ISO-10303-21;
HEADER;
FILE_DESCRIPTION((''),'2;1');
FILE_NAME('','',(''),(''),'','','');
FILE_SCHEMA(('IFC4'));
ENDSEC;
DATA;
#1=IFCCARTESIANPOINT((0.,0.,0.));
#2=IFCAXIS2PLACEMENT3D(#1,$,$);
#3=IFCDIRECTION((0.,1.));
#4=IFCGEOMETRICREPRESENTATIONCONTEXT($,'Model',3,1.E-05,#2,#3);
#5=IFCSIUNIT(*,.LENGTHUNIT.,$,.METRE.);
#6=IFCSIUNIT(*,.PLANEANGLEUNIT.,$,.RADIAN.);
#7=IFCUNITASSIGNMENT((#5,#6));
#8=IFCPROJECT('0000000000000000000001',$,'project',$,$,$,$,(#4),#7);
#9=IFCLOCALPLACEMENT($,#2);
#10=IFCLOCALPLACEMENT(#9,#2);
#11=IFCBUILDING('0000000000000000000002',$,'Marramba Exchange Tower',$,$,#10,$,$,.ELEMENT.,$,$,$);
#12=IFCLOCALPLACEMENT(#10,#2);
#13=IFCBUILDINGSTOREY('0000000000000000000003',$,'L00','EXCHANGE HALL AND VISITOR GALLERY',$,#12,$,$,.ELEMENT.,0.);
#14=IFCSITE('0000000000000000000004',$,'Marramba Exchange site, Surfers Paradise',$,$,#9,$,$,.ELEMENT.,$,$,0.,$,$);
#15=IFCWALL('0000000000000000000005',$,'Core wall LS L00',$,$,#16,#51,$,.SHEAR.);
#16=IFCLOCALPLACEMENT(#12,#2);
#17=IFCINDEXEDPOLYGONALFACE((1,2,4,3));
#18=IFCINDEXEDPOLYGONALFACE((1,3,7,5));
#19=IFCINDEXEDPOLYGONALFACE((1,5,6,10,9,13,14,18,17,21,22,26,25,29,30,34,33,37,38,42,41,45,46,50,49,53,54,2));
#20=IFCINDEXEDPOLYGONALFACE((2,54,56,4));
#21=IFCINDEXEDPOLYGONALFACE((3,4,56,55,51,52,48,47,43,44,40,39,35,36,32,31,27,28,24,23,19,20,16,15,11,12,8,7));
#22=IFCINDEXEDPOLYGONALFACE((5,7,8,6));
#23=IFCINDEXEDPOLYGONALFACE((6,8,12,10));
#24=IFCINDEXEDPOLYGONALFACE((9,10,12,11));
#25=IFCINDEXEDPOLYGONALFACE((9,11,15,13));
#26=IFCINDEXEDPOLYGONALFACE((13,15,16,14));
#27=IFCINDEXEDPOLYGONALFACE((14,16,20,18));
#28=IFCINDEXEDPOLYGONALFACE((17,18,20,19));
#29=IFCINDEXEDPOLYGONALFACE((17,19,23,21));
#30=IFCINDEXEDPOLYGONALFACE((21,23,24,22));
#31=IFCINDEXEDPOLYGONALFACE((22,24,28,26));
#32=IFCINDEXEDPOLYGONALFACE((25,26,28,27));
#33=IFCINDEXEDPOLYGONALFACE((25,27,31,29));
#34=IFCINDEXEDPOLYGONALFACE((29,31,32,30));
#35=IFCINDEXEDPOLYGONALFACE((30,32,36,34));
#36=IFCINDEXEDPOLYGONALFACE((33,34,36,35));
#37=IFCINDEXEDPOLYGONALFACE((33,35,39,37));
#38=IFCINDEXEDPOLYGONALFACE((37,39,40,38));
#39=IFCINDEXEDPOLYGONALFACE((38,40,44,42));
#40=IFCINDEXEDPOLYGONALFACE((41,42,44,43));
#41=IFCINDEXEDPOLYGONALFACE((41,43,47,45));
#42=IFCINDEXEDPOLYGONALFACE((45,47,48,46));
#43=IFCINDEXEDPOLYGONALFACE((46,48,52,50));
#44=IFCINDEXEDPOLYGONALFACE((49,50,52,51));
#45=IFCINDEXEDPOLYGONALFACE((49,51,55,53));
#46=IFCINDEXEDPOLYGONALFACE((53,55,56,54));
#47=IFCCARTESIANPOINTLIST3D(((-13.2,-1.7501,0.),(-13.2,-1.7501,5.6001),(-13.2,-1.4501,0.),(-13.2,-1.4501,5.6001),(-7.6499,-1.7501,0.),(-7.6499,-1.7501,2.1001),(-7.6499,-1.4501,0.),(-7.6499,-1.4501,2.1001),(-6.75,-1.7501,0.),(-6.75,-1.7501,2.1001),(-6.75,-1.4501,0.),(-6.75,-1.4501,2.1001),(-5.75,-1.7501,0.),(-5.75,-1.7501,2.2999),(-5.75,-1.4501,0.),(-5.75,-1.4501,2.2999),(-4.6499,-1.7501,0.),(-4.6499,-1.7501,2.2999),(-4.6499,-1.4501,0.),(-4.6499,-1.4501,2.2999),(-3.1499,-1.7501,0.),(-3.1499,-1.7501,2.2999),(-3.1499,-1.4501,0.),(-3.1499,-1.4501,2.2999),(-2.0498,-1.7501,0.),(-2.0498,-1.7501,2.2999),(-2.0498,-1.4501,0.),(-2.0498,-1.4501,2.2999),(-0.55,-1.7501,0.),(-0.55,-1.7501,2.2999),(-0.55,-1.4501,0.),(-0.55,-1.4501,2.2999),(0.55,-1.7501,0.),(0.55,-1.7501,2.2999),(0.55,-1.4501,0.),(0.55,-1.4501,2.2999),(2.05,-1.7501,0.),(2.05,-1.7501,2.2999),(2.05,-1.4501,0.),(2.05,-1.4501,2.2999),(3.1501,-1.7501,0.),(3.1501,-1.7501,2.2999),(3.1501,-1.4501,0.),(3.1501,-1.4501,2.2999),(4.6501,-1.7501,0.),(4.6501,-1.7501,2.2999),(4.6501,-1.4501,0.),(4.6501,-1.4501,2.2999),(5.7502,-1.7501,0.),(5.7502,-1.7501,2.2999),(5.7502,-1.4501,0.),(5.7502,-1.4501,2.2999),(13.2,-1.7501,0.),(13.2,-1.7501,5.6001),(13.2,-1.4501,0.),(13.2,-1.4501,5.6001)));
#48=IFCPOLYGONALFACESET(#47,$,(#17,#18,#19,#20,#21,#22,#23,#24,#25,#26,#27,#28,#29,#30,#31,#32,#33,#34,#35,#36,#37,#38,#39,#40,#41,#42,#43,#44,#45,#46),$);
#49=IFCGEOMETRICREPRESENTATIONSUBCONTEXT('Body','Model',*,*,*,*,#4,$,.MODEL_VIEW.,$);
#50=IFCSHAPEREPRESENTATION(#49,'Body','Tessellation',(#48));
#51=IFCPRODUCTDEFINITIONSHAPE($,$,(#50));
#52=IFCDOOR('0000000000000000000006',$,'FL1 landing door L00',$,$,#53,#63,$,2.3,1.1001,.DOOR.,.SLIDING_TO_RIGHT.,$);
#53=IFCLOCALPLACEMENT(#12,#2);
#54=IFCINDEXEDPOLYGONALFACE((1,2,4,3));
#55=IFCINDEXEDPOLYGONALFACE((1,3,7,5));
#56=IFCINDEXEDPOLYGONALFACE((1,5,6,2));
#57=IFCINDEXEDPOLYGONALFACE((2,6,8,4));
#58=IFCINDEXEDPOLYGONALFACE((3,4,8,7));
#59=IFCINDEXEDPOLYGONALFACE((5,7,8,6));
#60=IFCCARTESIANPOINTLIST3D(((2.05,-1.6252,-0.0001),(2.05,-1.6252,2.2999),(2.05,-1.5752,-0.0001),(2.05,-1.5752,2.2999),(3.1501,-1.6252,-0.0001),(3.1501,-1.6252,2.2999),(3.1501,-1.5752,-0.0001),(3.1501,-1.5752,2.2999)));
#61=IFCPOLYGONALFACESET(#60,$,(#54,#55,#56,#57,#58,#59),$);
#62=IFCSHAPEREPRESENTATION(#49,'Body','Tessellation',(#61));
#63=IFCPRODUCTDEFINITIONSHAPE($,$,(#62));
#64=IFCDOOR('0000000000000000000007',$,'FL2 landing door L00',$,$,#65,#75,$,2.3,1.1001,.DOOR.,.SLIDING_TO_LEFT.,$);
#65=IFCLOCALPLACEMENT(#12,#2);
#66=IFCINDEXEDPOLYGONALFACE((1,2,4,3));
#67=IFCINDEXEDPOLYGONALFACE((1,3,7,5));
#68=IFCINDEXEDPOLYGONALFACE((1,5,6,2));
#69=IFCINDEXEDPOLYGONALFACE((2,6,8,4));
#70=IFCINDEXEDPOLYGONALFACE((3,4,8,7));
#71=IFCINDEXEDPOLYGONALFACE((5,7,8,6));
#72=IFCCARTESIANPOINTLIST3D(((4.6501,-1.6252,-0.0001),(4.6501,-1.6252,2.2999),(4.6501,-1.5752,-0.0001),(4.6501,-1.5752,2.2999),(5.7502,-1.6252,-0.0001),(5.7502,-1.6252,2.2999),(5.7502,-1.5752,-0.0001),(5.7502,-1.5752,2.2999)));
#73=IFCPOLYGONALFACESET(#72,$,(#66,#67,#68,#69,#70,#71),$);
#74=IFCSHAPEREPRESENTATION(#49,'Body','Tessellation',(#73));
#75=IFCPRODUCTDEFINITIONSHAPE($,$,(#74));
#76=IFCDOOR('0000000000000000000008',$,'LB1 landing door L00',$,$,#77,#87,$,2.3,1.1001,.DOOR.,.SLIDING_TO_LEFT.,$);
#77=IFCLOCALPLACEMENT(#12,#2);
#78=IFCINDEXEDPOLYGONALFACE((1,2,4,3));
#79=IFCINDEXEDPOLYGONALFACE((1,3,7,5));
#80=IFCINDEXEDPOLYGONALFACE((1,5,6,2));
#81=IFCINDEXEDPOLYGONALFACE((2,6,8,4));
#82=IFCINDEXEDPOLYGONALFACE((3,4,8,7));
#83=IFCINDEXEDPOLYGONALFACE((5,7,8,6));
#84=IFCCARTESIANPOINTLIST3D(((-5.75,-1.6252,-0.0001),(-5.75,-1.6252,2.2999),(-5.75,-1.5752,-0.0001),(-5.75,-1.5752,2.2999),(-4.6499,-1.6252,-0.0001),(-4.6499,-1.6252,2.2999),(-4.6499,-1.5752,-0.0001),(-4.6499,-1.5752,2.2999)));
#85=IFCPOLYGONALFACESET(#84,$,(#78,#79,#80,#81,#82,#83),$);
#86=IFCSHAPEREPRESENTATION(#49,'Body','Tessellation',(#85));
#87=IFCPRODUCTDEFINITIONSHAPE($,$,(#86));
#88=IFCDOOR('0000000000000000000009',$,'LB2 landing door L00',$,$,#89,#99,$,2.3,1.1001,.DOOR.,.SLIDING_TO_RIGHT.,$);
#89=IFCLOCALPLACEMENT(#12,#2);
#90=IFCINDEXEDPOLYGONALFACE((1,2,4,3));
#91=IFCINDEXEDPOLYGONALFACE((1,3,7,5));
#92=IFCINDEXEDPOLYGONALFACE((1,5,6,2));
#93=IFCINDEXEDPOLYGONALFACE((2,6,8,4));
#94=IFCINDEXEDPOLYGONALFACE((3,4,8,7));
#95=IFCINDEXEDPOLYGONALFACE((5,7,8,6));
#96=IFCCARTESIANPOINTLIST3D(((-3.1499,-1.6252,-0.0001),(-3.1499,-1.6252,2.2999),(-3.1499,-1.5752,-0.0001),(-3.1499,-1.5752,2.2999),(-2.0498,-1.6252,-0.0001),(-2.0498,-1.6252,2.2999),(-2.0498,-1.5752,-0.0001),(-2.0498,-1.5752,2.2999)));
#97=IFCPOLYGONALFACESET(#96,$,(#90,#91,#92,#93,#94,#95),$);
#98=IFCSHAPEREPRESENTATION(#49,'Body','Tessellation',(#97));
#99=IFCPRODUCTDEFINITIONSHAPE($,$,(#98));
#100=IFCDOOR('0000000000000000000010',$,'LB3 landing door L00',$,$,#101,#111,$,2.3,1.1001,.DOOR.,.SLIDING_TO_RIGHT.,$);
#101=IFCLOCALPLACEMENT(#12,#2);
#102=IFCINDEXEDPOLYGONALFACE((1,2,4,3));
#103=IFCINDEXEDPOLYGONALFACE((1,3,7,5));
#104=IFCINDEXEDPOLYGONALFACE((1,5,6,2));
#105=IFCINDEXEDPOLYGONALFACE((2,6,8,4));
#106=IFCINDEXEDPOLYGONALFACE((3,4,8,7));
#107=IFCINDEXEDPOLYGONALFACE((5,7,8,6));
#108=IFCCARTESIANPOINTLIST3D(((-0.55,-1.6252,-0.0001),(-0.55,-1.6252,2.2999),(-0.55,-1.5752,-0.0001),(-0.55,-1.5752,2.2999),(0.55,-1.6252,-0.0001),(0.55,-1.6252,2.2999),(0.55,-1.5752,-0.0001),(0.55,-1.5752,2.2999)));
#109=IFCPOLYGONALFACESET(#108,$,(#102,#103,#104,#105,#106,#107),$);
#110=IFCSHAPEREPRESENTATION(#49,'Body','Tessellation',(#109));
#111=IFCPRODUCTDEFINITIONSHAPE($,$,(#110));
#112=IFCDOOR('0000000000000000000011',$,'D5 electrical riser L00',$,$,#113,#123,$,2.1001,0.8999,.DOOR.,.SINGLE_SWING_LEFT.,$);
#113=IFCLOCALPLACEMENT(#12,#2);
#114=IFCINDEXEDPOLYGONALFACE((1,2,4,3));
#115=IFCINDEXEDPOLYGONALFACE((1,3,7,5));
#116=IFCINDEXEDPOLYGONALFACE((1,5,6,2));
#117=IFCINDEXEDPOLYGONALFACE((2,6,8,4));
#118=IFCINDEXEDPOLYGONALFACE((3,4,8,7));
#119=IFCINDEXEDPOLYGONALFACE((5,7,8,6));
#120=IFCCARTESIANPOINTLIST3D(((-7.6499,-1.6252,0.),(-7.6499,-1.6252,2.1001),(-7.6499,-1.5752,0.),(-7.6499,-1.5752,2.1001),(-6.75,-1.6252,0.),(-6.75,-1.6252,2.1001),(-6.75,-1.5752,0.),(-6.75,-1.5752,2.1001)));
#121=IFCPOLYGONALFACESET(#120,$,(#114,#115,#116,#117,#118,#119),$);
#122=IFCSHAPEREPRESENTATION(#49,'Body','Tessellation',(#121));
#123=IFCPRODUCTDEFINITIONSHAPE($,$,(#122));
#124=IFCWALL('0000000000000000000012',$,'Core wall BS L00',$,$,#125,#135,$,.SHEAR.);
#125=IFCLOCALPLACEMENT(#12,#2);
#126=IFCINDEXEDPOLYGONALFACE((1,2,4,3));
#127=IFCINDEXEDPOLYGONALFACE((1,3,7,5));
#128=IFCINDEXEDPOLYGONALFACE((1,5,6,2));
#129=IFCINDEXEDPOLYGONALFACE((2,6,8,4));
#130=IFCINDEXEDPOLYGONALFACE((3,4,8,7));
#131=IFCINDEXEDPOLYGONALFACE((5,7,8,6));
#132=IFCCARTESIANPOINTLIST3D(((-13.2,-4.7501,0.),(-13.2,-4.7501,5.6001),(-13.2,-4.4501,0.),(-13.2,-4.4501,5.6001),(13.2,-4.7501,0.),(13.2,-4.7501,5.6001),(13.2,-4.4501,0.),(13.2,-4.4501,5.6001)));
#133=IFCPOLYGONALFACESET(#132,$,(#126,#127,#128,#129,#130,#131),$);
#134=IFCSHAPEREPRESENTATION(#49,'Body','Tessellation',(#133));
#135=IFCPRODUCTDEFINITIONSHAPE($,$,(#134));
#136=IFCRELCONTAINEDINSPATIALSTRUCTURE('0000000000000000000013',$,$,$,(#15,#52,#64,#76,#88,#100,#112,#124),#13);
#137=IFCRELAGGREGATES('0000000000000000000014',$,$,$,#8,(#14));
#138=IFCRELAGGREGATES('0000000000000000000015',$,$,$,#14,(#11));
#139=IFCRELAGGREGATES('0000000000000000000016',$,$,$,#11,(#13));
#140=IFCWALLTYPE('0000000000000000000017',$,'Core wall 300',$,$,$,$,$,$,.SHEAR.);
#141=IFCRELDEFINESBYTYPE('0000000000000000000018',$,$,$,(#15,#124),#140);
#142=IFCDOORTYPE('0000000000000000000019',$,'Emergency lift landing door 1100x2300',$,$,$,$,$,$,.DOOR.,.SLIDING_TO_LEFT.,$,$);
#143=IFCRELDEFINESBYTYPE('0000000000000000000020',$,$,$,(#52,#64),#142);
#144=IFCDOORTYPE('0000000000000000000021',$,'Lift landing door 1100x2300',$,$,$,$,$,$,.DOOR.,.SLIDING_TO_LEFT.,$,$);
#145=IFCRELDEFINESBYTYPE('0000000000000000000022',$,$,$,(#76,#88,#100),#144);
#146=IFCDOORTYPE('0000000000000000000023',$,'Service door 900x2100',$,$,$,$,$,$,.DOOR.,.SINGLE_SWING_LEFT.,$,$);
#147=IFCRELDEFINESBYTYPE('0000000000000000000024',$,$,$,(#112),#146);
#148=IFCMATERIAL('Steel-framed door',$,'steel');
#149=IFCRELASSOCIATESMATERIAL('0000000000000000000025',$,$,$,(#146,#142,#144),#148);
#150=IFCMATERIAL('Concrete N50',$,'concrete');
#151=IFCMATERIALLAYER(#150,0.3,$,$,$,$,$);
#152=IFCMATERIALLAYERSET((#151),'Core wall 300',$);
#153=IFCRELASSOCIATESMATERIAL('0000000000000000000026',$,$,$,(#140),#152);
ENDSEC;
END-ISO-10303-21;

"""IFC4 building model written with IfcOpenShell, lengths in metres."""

from ifc_helpers import new_model, si_unit, direction, frame, frame_2d, origin, place, context, subcontext, project, spatial, rectangle, extrude, material, layer, layer_set, type_object, element, fill, save


model = new_model("IFC4")

# Units and contexts
model_context = context("Model", 3, precision=1e-05, world=origin(), true_north=direction((0.0, 1.0)))
body_context = subcontext(model_context, "Body", "Model", "MODEL_VIEW")
ifc_project = project(units=[si_unit("LENGTHUNIT", "METRE"), si_unit("PLANEANGLEUNIT", "RADIAN")], contexts=[model_context])

# Site, building, storey
site_placement = place(None, origin())
site = spatial("IfcSite", under=ifc_project, at=site_placement, Name="Marramba Exchange site, Surfers Paradise", CompositionType="ELEMENT", RefElevation=0.0)
building_placement = place(site_placement, origin())
building = spatial("IfcBuilding", under=site, at=building_placement, Name="Marramba Exchange Tower", CompositionType="ELEMENT")
storey_placement = place(building_placement, origin())
storey = spatial("IfcBuildingStorey", under=building, at=storey_placement, Name="L00", Description="EXCHANGE HALL AND VISITOR GALLERY", CompositionType="ELEMENT", Elevation=0.0)

# Wall, openings, doors
ifc_material_1 = material(Name="Concrete N50", Category="concrete")
ifc_material_2 = material(Name="Steel-framed door", Category="steel")
door_type_1 = type_object("IfcDoorType", Name="Service door 900x2100", OperationType="SINGLE_SWING_LEFT", PredefinedType="DOOR", material=ifc_material_2)
ifc_layer_1 = layer(ifc_material_1, 0.3)
ifc_layer_set_1 = layer_set([ifc_layer_1], Name="Core wall 300")
wall_type_1 = type_object("IfcWallType", Name="Core wall 300", PredefinedType="SHEAR", material=ifc_layer_set_1)
wall_1_placement = place(storey_placement, frame((-13.2, -1.6001, 0.0), z_axis=(0.0, 0.0, 1.0), x_axis=(1.0, 0.0, 0.0)))
wall_1 = element("IfcWall", 1, at=wall_1_placement, inside=storey, type_object=wall_type_1, Name="Core wall LS L00", PredefinedType="SHEAR", context=body_context, shape_type="SweptSolid", body=[
    extrude(rectangle(XDim=26.3999, YDim=0.3, at=frame_2d((13.2, 0.0))), origin(), (0.0, 0.0, 1.0), 5.6001),
])
opening_1_placement = place(wall_1_placement, frame((7.45, 0.0, 0.0)))
opening_1 = element("IfcOpeningElement", 2, at=opening_1_placement, cuts=wall_1, PredefinedType="OPENING", context=body_context, shape_type="SweptSolid", body=[
    extrude(rectangle(XDim=1.1001, YDim=2.3, at=frame_2d((0.55, 1.1499))), frame((0.0, 0.1599, 0.0), z_axis=(0.0, -1.0, 0.0), x_axis=(1.0, 0.0, 0.0)), (0.0, 0.0, 1.0), 0.3201),
])
opening_2_placement = place(wall_1_placement, frame((10.05, 0.0, 0.0)))
opening_2 = element("IfcOpeningElement", 3, at=opening_2_placement, cuts=wall_1, PredefinedType="OPENING", context=body_context, shape_type="SweptSolid", body=[
    extrude(rectangle(XDim=1.1001, YDim=2.3, at=frame_2d((0.55, 1.1499))), frame((0.0, 0.1599, 0.0), z_axis=(0.0, -1.0, 0.0), x_axis=(1.0, 0.0, 0.0)), (0.0, 0.0, 1.0), 0.3201),
])
opening_3_placement = place(wall_1_placement, frame((12.6499, 0.0, 0.0)))
opening_3 = element("IfcOpeningElement", 4, at=opening_3_placement, cuts=wall_1, PredefinedType="OPENING", context=body_context, shape_type="SweptSolid", body=[
    extrude(rectangle(XDim=1.1001, YDim=2.3, at=frame_2d((0.55, 1.1499))), frame((0.0, 0.1599, 0.0), z_axis=(0.0, -1.0, 0.0), x_axis=(1.0, 0.0, 0.0)), (0.0, 0.0, 1.0), 0.3201),
])
opening_4_placement = place(wall_1_placement, frame((15.25, 0.0, 0.0)))
opening_4 = element("IfcOpeningElement", 5, at=opening_4_placement, cuts=wall_1, PredefinedType="OPENING", context=body_context, shape_type="SweptSolid", body=[
    extrude(rectangle(XDim=1.1001, YDim=2.3, at=frame_2d((0.55, 1.1499))), frame((0.0, 0.1599, 0.0), z_axis=(0.0, -1.0, 0.0), x_axis=(1.0, 0.0, 0.0)), (0.0, 0.0, 1.0), 0.3201),
])
opening_5_placement = place(wall_1_placement, frame((17.8501, 0.0, 0.0)))
opening_5 = element("IfcOpeningElement", 6, at=opening_5_placement, cuts=wall_1, PredefinedType="OPENING", context=body_context, shape_type="SweptSolid", body=[
    extrude(rectangle(XDim=1.1001, YDim=2.3, at=frame_2d((0.55, 1.1499))), frame((0.0, 0.1599, 0.0), z_axis=(0.0, -1.0, 0.0), x_axis=(1.0, 0.0, 0.0)), (0.0, 0.0, 1.0), 0.3201),
])
opening_6_placement = place(wall_1_placement, frame((5.55, 0.0, 0.0)))
opening_6 = element("IfcOpeningElement", 7, at=opening_6_placement, cuts=wall_1, PredefinedType="OPENING", context=body_context, shape_type="SweptSolid", body=[
    extrude(rectangle(XDim=0.8999, YDim=2.1001, at=frame_2d((0.45, 1.05))), frame((0.0, 0.1599, 0.0), z_axis=(0.0, -1.0, 0.0), x_axis=(1.0, 0.0, 0.0)), (0.0, 0.0, 1.0), 0.3201),
])
door_type_2 = type_object("IfcDoorType", Name="Emergency lift landing door 1100x2300", OperationType="SLIDING_TO_LEFT", PredefinedType="DOOR", material=ifc_material_2)
door_1_placement = place(opening_4_placement, frame((1.1001, 0.0, 0.0), z_axis=(0.0, 0.0, 1.0), x_axis=(-1.0, 0.0, 0.0)))
door_1 = element("IfcDoor", 8, at=door_1_placement, inside=storey, type_object=door_type_2, Name="FL1 landing door L00", OperationType="SLIDING_TO_RIGHT", OverallHeight=2.3, OverallWidth=1.1001, PredefinedType="DOOR", context=body_context, shape_type="SweptSolid", body=[
    extrude(rectangle(XDim=1.1001, YDim=2.3, at=frame_2d((0.55, 1.1499))), frame((0.0, 0.0251, 0.0), z_axis=(0.0, -1.0, 0.0), x_axis=(1.0, 0.0, 0.0)), (0.0, 0.0, 1.0), 0.05),
])
fill(opening_4, door_1)
door_2_placement = place(opening_5_placement, frame((1.1001, 0.0, 0.0), z_axis=(0.0, 0.0, 1.0), x_axis=(-1.0, 0.0, 0.0)))
door_2 = element("IfcDoor", 9, at=door_2_placement, inside=storey, type_object=door_type_2, Name="FL2 landing door L00", OperationType="SLIDING_TO_LEFT", OverallHeight=2.3, OverallWidth=1.1001, PredefinedType="DOOR", context=body_context, shape_type="SweptSolid", body=[
    extrude(rectangle(XDim=1.1001, YDim=2.3, at=frame_2d((0.55, 1.1499))), frame((0.0, 0.0251, 0.0), z_axis=(0.0, -1.0, 0.0), x_axis=(1.0, 0.0, 0.0)), (0.0, 0.0, 1.0), 0.05),
])
fill(opening_5, door_2)
door_type_3 = type_object("IfcDoorType", Name="Lift landing door 1100x2300", OperationType="SLIDING_TO_LEFT", PredefinedType="DOOR", material=ifc_material_2)
door_3_placement = place(opening_1_placement, frame((1.1001, 0.0, 0.0), z_axis=(0.0, 0.0, 1.0), x_axis=(-1.0, 0.0, 0.0)))
door_3 = element("IfcDoor", 10, at=door_3_placement, inside=storey, type_object=door_type_3, Name="LB1 landing door L00", OperationType="SLIDING_TO_LEFT", OverallHeight=2.3, OverallWidth=1.1001, PredefinedType="DOOR", context=body_context, shape_type="SweptSolid", body=[
    extrude(rectangle(XDim=1.1001, YDim=2.3, at=frame_2d((0.55, 1.1499))), frame((0.0, 0.0251, 0.0), z_axis=(0.0, -1.0, 0.0), x_axis=(1.0, 0.0, 0.0)), (0.0, 0.0, 1.0), 0.05),
])
fill(opening_1, door_3)
door_4_placement = place(opening_2_placement, frame((1.1001, 0.0, 0.0), z_axis=(0.0, 0.0, 1.0), x_axis=(-1.0, 0.0, 0.0)))
door_4 = element("IfcDoor", 11, at=door_4_placement, inside=storey, type_object=door_type_3, Name="LB2 landing door L00", OperationType="SLIDING_TO_RIGHT", OverallHeight=2.3, OverallWidth=1.1001, PredefinedType="DOOR", context=body_context, shape_type="SweptSolid", body=[
    extrude(rectangle(XDim=1.1001, YDim=2.3, at=frame_2d((0.55, 1.1499))), frame((0.0, 0.0251, 0.0), z_axis=(0.0, -1.0, 0.0), x_axis=(1.0, 0.0, 0.0)), (0.0, 0.0, 1.0), 0.05),
])
fill(opening_2, door_4)
door_5_placement = place(opening_3_placement, frame((1.1001, 0.0, 0.0), z_axis=(0.0, 0.0, 1.0), x_axis=(-1.0, 0.0, 0.0)))
door_5 = element("IfcDoor", 12, at=door_5_placement, inside=storey, type_object=door_type_3, Name="LB3 landing door L00", OperationType="SLIDING_TO_RIGHT", OverallHeight=2.3, OverallWidth=1.1001, PredefinedType="DOOR", context=body_context, shape_type="SweptSolid", body=[
    extrude(rectangle(XDim=1.1001, YDim=2.3, at=frame_2d((0.55, 1.1499))), frame((0.0, 0.0251, 0.0), z_axis=(0.0, -1.0, 0.0), x_axis=(1.0, 0.0, 0.0)), (0.0, 0.0, 1.0), 0.05),
])
fill(opening_3, door_5)
door_6_placement = place(opening_6_placement, frame((0.8999, 0.0, 0.0), z_axis=(0.0, 0.0, 1.0), x_axis=(-1.0, 0.0, 0.0)))
door_6 = element("IfcDoor", 13, at=door_6_placement, inside=storey, type_object=door_type_1, Name="D5 electrical riser L00", OperationType="SINGLE_SWING_LEFT", OverallHeight=2.1001, OverallWidth=0.8999, PredefinedType="DOOR", context=body_context, shape_type="SweptSolid", body=[
    extrude(rectangle(XDim=0.8999, YDim=2.1001, at=frame_2d((0.45, 1.05))), frame((0.0, 0.0251, 0.0), z_axis=(0.0, -1.0, 0.0), x_axis=(1.0, 0.0, 0.0)), (0.0, 0.0, 1.0), 0.05),
])
fill(opening_6, door_6)

# Wall
wall_2_placement = place(storey_placement, frame((-13.2, -4.6001, 0.0), z_axis=(0.0, 0.0, 1.0), x_axis=(1.0, 0.0, 0.0)))
element("IfcWall", 14, at=wall_2_placement, inside=storey, type_object=wall_type_1, Name="Core wall BS L00", PredefinedType="SHEAR", context=body_context, shape_type="SweptSolid", body=[
    extrude(rectangle(XDim=26.3999, YDim=0.3, at=frame_2d((13.2, 0.0))), origin(), (0.0, 0.0, 1.0), 5.6001),
])

save(model, "model.ifc")
